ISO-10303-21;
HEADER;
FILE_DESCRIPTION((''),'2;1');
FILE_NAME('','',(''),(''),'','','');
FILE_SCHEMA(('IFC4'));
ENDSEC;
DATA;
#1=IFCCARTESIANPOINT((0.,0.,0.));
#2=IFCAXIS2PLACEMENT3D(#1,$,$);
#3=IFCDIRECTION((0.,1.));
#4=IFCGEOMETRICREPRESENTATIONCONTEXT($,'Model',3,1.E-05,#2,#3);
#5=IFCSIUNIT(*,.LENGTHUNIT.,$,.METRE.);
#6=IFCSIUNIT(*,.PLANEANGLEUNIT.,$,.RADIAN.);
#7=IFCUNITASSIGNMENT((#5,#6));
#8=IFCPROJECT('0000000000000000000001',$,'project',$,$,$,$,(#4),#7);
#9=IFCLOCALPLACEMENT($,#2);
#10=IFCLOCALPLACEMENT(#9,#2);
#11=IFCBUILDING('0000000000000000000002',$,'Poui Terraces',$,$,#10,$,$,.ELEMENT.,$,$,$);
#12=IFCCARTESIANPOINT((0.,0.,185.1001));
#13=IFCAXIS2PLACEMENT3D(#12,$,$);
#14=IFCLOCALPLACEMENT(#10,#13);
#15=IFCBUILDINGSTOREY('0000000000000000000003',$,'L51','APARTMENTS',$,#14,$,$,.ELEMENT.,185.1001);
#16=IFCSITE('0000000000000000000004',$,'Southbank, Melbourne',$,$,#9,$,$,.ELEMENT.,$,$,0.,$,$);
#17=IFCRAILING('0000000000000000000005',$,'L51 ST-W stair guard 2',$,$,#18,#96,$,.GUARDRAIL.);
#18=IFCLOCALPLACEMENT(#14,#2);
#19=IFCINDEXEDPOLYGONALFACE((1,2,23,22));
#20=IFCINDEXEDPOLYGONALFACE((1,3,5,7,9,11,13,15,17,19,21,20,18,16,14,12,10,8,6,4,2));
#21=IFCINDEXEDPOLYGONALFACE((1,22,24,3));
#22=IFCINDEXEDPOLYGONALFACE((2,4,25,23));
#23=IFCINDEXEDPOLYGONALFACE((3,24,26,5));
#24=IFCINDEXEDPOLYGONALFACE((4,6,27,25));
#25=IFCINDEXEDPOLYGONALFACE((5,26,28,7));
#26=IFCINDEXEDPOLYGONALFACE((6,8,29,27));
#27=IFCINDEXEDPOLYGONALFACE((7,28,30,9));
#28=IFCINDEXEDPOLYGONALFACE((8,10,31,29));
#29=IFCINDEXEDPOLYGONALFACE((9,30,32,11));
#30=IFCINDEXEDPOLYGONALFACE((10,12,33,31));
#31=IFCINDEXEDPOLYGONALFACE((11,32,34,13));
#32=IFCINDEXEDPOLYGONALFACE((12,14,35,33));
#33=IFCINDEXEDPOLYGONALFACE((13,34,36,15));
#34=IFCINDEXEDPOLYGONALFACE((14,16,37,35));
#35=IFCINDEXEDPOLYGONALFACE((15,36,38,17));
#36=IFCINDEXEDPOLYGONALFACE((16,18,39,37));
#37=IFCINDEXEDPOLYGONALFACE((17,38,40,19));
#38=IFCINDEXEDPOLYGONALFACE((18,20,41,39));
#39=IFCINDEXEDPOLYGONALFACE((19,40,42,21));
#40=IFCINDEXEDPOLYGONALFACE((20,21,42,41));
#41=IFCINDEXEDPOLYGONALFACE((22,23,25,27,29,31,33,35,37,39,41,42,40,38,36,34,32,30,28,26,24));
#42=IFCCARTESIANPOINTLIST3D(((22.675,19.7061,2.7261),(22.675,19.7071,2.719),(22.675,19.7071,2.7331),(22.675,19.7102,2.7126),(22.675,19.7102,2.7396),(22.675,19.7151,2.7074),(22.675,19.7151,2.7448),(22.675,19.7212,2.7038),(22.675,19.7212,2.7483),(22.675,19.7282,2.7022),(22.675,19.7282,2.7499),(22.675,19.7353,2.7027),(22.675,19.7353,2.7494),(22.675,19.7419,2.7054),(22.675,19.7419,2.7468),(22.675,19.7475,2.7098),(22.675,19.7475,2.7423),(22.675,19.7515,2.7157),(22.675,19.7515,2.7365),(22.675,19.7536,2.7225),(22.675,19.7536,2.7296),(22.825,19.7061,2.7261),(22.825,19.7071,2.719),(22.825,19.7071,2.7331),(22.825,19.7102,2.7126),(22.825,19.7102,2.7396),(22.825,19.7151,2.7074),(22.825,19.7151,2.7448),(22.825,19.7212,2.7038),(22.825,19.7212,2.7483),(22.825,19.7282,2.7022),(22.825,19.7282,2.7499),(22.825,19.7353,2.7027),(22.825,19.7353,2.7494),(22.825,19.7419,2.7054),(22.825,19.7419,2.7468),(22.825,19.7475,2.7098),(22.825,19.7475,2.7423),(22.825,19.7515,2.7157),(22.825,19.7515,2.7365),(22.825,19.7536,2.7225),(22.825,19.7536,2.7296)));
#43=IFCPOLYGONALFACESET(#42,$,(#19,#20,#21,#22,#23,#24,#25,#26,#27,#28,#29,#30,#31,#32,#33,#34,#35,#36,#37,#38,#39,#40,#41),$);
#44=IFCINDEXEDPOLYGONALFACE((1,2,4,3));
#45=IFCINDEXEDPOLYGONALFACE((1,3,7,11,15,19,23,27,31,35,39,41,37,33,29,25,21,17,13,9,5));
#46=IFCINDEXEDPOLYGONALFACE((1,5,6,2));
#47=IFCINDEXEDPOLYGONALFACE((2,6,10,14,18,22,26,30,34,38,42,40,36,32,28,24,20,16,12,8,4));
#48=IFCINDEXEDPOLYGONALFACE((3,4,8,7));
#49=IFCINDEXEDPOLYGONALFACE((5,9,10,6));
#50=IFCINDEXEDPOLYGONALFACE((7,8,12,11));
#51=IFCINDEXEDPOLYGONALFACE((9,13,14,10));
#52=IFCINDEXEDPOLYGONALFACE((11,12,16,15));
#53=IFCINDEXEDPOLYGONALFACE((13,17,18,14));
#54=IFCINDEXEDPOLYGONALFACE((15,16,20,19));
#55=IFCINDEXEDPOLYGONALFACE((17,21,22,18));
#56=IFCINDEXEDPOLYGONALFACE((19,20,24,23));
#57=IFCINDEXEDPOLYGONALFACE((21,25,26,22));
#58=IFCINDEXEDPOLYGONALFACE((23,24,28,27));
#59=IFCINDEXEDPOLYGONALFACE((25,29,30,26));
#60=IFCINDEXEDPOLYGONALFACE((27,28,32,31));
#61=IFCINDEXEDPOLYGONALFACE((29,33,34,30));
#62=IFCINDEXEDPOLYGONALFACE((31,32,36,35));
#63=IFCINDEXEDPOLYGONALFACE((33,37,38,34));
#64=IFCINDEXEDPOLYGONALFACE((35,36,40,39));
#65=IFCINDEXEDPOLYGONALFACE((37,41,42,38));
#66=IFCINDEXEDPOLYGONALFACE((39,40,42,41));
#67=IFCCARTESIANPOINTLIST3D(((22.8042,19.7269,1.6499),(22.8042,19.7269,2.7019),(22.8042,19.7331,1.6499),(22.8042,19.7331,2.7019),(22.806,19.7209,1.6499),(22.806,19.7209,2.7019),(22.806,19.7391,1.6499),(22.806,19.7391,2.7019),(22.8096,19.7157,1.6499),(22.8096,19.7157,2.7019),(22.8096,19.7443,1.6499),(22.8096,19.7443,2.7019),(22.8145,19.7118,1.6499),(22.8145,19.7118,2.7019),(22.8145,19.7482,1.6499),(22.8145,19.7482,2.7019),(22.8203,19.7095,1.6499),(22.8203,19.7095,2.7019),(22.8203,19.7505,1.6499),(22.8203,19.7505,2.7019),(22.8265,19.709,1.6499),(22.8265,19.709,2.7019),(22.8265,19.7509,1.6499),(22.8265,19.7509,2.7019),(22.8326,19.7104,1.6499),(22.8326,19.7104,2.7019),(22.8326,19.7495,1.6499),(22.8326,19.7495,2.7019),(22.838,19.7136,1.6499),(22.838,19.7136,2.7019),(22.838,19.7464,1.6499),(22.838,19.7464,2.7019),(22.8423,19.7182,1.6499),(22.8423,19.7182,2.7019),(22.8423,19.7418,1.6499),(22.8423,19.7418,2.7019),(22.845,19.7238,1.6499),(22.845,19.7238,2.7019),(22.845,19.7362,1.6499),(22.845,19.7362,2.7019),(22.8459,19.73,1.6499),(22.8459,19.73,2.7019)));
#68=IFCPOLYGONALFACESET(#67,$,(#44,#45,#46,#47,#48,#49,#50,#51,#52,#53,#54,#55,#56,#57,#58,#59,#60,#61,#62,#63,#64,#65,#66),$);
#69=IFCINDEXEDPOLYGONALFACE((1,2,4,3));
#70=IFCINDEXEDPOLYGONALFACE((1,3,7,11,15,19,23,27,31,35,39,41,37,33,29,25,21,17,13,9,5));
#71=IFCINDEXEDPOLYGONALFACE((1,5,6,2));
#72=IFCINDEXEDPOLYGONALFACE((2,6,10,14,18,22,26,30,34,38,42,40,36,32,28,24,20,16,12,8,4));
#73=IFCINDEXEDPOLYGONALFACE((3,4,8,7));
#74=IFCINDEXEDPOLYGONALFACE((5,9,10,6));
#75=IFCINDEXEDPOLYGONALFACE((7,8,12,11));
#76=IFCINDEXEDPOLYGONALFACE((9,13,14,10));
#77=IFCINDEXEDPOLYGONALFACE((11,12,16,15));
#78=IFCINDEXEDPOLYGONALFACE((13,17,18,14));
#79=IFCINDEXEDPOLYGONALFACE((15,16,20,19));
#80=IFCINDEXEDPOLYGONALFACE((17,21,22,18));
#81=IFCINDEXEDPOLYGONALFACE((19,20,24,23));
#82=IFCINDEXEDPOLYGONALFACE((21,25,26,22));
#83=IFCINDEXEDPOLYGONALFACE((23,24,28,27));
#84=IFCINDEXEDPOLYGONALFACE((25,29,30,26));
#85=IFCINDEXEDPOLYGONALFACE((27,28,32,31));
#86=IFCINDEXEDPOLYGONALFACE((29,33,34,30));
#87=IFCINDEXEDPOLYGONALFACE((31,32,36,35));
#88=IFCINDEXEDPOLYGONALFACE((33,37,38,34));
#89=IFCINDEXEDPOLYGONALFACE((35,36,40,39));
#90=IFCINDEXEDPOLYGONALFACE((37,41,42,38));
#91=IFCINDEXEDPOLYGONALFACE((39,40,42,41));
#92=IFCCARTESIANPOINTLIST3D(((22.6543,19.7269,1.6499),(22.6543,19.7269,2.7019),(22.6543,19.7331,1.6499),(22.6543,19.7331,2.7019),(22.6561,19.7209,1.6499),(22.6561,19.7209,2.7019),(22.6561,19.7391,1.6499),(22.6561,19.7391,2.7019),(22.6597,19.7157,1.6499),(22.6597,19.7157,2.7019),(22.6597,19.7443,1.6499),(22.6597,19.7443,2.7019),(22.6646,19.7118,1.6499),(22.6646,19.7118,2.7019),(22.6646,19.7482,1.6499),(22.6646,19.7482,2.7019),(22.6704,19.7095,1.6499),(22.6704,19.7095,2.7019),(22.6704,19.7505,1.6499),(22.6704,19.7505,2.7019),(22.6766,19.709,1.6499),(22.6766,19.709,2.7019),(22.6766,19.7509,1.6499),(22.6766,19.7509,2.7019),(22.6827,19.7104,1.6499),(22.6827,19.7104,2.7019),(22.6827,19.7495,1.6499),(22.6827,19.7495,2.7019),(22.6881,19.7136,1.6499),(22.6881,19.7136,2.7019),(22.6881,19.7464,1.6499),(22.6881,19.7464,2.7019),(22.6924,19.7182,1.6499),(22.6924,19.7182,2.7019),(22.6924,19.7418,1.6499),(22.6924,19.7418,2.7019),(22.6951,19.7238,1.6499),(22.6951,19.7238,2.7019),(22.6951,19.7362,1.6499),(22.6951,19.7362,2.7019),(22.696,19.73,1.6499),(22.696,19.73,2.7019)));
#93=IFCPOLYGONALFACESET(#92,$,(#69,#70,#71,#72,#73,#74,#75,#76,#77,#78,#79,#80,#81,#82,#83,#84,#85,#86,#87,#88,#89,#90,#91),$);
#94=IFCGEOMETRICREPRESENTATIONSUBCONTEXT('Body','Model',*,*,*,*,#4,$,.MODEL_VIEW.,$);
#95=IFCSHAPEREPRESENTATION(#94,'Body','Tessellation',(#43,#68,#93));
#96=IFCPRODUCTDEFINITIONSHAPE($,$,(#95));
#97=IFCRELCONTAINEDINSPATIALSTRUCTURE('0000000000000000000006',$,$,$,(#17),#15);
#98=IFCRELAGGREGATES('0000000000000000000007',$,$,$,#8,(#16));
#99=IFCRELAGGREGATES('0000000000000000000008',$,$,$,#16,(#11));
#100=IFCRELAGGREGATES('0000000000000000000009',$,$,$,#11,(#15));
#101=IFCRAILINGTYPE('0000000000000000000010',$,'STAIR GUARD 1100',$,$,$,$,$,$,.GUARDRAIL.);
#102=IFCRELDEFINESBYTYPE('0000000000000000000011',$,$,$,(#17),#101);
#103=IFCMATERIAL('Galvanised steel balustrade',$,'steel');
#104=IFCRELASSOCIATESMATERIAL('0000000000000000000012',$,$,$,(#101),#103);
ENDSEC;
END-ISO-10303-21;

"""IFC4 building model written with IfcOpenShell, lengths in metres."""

from ifc_helpers import new_model, si_unit, direction, frame, origin, origin_2d, place, context, subcontext, project, spatial, circle, extrude, material, type_object, element, save


model = new_model("IFC4")

# Units and contexts
model_context = context("Model", 3, precision=1e-05, world=origin(), true_north=direction((0.0, 1.0)))
body_context = subcontext(model_context, "Body", "Model", "MODEL_VIEW")
ifc_project = project(units=[si_unit("LENGTHUNIT", "METRE"), si_unit("PLANEANGLEUNIT", "RADIAN")], contexts=[model_context])

# Site, building, storey
site_placement = place(None, origin())
site = spatial("IfcSite", under=ifc_project, at=site_placement, Name="Southbank, Melbourne", CompositionType="ELEMENT", RefElevation=0.0)
building_placement = place(site_placement, origin())
building = spatial("IfcBuilding", under=site, at=building_placement, Name="Poui Terraces", CompositionType="ELEMENT")
storey_placement = place(building_placement, frame((0.0, 0.0, 185.1001)))
storey = spatial("IfcBuildingStorey", under=building, at=storey_placement, Name="L51", Description="APARTMENTS", CompositionType="ELEMENT", Elevation=185.1001)

# Railing
ifc_material_1 = material(Name="Galvanised steel balustrade", Category="steel")
railing_type_1 = type_object("IfcRailingType", Name="STAIR GUARD 1100", PredefinedType="GUARDRAIL", material=ifc_material_1)
railing_1_placement = place(storey_placement, frame((22.825, 19.73, 1.6499)))
element("IfcRailing", 1, at=railing_1_placement, inside=storey, type_object=railing_type_1, Name="L51 ST-W stair guard 2", PredefinedType="GUARDRAIL", context=body_context, shape_type="SweptSolid", body=[
    extrude(circle(Radius=0.0239, at=origin_2d()), frame((0.0, 0.0, 1.0762), z_axis=(-1.0, 0.0, 0.0), x_axis=(0.0, -1.0, 0.0)), (0.0, 0.0, 1.0), 0.1499),
    extrude(circle(Radius=0.021, at=origin_2d()), origin(), (0.0, 0.0, 1.0), 1.052),
    extrude(circle(Radius=0.021, at=origin_2d()), frame((-0.1499, 0.0, 0.0)), (0.0, 0.0, 1.0), 1.052),
])

save(model, "model.ifc")
